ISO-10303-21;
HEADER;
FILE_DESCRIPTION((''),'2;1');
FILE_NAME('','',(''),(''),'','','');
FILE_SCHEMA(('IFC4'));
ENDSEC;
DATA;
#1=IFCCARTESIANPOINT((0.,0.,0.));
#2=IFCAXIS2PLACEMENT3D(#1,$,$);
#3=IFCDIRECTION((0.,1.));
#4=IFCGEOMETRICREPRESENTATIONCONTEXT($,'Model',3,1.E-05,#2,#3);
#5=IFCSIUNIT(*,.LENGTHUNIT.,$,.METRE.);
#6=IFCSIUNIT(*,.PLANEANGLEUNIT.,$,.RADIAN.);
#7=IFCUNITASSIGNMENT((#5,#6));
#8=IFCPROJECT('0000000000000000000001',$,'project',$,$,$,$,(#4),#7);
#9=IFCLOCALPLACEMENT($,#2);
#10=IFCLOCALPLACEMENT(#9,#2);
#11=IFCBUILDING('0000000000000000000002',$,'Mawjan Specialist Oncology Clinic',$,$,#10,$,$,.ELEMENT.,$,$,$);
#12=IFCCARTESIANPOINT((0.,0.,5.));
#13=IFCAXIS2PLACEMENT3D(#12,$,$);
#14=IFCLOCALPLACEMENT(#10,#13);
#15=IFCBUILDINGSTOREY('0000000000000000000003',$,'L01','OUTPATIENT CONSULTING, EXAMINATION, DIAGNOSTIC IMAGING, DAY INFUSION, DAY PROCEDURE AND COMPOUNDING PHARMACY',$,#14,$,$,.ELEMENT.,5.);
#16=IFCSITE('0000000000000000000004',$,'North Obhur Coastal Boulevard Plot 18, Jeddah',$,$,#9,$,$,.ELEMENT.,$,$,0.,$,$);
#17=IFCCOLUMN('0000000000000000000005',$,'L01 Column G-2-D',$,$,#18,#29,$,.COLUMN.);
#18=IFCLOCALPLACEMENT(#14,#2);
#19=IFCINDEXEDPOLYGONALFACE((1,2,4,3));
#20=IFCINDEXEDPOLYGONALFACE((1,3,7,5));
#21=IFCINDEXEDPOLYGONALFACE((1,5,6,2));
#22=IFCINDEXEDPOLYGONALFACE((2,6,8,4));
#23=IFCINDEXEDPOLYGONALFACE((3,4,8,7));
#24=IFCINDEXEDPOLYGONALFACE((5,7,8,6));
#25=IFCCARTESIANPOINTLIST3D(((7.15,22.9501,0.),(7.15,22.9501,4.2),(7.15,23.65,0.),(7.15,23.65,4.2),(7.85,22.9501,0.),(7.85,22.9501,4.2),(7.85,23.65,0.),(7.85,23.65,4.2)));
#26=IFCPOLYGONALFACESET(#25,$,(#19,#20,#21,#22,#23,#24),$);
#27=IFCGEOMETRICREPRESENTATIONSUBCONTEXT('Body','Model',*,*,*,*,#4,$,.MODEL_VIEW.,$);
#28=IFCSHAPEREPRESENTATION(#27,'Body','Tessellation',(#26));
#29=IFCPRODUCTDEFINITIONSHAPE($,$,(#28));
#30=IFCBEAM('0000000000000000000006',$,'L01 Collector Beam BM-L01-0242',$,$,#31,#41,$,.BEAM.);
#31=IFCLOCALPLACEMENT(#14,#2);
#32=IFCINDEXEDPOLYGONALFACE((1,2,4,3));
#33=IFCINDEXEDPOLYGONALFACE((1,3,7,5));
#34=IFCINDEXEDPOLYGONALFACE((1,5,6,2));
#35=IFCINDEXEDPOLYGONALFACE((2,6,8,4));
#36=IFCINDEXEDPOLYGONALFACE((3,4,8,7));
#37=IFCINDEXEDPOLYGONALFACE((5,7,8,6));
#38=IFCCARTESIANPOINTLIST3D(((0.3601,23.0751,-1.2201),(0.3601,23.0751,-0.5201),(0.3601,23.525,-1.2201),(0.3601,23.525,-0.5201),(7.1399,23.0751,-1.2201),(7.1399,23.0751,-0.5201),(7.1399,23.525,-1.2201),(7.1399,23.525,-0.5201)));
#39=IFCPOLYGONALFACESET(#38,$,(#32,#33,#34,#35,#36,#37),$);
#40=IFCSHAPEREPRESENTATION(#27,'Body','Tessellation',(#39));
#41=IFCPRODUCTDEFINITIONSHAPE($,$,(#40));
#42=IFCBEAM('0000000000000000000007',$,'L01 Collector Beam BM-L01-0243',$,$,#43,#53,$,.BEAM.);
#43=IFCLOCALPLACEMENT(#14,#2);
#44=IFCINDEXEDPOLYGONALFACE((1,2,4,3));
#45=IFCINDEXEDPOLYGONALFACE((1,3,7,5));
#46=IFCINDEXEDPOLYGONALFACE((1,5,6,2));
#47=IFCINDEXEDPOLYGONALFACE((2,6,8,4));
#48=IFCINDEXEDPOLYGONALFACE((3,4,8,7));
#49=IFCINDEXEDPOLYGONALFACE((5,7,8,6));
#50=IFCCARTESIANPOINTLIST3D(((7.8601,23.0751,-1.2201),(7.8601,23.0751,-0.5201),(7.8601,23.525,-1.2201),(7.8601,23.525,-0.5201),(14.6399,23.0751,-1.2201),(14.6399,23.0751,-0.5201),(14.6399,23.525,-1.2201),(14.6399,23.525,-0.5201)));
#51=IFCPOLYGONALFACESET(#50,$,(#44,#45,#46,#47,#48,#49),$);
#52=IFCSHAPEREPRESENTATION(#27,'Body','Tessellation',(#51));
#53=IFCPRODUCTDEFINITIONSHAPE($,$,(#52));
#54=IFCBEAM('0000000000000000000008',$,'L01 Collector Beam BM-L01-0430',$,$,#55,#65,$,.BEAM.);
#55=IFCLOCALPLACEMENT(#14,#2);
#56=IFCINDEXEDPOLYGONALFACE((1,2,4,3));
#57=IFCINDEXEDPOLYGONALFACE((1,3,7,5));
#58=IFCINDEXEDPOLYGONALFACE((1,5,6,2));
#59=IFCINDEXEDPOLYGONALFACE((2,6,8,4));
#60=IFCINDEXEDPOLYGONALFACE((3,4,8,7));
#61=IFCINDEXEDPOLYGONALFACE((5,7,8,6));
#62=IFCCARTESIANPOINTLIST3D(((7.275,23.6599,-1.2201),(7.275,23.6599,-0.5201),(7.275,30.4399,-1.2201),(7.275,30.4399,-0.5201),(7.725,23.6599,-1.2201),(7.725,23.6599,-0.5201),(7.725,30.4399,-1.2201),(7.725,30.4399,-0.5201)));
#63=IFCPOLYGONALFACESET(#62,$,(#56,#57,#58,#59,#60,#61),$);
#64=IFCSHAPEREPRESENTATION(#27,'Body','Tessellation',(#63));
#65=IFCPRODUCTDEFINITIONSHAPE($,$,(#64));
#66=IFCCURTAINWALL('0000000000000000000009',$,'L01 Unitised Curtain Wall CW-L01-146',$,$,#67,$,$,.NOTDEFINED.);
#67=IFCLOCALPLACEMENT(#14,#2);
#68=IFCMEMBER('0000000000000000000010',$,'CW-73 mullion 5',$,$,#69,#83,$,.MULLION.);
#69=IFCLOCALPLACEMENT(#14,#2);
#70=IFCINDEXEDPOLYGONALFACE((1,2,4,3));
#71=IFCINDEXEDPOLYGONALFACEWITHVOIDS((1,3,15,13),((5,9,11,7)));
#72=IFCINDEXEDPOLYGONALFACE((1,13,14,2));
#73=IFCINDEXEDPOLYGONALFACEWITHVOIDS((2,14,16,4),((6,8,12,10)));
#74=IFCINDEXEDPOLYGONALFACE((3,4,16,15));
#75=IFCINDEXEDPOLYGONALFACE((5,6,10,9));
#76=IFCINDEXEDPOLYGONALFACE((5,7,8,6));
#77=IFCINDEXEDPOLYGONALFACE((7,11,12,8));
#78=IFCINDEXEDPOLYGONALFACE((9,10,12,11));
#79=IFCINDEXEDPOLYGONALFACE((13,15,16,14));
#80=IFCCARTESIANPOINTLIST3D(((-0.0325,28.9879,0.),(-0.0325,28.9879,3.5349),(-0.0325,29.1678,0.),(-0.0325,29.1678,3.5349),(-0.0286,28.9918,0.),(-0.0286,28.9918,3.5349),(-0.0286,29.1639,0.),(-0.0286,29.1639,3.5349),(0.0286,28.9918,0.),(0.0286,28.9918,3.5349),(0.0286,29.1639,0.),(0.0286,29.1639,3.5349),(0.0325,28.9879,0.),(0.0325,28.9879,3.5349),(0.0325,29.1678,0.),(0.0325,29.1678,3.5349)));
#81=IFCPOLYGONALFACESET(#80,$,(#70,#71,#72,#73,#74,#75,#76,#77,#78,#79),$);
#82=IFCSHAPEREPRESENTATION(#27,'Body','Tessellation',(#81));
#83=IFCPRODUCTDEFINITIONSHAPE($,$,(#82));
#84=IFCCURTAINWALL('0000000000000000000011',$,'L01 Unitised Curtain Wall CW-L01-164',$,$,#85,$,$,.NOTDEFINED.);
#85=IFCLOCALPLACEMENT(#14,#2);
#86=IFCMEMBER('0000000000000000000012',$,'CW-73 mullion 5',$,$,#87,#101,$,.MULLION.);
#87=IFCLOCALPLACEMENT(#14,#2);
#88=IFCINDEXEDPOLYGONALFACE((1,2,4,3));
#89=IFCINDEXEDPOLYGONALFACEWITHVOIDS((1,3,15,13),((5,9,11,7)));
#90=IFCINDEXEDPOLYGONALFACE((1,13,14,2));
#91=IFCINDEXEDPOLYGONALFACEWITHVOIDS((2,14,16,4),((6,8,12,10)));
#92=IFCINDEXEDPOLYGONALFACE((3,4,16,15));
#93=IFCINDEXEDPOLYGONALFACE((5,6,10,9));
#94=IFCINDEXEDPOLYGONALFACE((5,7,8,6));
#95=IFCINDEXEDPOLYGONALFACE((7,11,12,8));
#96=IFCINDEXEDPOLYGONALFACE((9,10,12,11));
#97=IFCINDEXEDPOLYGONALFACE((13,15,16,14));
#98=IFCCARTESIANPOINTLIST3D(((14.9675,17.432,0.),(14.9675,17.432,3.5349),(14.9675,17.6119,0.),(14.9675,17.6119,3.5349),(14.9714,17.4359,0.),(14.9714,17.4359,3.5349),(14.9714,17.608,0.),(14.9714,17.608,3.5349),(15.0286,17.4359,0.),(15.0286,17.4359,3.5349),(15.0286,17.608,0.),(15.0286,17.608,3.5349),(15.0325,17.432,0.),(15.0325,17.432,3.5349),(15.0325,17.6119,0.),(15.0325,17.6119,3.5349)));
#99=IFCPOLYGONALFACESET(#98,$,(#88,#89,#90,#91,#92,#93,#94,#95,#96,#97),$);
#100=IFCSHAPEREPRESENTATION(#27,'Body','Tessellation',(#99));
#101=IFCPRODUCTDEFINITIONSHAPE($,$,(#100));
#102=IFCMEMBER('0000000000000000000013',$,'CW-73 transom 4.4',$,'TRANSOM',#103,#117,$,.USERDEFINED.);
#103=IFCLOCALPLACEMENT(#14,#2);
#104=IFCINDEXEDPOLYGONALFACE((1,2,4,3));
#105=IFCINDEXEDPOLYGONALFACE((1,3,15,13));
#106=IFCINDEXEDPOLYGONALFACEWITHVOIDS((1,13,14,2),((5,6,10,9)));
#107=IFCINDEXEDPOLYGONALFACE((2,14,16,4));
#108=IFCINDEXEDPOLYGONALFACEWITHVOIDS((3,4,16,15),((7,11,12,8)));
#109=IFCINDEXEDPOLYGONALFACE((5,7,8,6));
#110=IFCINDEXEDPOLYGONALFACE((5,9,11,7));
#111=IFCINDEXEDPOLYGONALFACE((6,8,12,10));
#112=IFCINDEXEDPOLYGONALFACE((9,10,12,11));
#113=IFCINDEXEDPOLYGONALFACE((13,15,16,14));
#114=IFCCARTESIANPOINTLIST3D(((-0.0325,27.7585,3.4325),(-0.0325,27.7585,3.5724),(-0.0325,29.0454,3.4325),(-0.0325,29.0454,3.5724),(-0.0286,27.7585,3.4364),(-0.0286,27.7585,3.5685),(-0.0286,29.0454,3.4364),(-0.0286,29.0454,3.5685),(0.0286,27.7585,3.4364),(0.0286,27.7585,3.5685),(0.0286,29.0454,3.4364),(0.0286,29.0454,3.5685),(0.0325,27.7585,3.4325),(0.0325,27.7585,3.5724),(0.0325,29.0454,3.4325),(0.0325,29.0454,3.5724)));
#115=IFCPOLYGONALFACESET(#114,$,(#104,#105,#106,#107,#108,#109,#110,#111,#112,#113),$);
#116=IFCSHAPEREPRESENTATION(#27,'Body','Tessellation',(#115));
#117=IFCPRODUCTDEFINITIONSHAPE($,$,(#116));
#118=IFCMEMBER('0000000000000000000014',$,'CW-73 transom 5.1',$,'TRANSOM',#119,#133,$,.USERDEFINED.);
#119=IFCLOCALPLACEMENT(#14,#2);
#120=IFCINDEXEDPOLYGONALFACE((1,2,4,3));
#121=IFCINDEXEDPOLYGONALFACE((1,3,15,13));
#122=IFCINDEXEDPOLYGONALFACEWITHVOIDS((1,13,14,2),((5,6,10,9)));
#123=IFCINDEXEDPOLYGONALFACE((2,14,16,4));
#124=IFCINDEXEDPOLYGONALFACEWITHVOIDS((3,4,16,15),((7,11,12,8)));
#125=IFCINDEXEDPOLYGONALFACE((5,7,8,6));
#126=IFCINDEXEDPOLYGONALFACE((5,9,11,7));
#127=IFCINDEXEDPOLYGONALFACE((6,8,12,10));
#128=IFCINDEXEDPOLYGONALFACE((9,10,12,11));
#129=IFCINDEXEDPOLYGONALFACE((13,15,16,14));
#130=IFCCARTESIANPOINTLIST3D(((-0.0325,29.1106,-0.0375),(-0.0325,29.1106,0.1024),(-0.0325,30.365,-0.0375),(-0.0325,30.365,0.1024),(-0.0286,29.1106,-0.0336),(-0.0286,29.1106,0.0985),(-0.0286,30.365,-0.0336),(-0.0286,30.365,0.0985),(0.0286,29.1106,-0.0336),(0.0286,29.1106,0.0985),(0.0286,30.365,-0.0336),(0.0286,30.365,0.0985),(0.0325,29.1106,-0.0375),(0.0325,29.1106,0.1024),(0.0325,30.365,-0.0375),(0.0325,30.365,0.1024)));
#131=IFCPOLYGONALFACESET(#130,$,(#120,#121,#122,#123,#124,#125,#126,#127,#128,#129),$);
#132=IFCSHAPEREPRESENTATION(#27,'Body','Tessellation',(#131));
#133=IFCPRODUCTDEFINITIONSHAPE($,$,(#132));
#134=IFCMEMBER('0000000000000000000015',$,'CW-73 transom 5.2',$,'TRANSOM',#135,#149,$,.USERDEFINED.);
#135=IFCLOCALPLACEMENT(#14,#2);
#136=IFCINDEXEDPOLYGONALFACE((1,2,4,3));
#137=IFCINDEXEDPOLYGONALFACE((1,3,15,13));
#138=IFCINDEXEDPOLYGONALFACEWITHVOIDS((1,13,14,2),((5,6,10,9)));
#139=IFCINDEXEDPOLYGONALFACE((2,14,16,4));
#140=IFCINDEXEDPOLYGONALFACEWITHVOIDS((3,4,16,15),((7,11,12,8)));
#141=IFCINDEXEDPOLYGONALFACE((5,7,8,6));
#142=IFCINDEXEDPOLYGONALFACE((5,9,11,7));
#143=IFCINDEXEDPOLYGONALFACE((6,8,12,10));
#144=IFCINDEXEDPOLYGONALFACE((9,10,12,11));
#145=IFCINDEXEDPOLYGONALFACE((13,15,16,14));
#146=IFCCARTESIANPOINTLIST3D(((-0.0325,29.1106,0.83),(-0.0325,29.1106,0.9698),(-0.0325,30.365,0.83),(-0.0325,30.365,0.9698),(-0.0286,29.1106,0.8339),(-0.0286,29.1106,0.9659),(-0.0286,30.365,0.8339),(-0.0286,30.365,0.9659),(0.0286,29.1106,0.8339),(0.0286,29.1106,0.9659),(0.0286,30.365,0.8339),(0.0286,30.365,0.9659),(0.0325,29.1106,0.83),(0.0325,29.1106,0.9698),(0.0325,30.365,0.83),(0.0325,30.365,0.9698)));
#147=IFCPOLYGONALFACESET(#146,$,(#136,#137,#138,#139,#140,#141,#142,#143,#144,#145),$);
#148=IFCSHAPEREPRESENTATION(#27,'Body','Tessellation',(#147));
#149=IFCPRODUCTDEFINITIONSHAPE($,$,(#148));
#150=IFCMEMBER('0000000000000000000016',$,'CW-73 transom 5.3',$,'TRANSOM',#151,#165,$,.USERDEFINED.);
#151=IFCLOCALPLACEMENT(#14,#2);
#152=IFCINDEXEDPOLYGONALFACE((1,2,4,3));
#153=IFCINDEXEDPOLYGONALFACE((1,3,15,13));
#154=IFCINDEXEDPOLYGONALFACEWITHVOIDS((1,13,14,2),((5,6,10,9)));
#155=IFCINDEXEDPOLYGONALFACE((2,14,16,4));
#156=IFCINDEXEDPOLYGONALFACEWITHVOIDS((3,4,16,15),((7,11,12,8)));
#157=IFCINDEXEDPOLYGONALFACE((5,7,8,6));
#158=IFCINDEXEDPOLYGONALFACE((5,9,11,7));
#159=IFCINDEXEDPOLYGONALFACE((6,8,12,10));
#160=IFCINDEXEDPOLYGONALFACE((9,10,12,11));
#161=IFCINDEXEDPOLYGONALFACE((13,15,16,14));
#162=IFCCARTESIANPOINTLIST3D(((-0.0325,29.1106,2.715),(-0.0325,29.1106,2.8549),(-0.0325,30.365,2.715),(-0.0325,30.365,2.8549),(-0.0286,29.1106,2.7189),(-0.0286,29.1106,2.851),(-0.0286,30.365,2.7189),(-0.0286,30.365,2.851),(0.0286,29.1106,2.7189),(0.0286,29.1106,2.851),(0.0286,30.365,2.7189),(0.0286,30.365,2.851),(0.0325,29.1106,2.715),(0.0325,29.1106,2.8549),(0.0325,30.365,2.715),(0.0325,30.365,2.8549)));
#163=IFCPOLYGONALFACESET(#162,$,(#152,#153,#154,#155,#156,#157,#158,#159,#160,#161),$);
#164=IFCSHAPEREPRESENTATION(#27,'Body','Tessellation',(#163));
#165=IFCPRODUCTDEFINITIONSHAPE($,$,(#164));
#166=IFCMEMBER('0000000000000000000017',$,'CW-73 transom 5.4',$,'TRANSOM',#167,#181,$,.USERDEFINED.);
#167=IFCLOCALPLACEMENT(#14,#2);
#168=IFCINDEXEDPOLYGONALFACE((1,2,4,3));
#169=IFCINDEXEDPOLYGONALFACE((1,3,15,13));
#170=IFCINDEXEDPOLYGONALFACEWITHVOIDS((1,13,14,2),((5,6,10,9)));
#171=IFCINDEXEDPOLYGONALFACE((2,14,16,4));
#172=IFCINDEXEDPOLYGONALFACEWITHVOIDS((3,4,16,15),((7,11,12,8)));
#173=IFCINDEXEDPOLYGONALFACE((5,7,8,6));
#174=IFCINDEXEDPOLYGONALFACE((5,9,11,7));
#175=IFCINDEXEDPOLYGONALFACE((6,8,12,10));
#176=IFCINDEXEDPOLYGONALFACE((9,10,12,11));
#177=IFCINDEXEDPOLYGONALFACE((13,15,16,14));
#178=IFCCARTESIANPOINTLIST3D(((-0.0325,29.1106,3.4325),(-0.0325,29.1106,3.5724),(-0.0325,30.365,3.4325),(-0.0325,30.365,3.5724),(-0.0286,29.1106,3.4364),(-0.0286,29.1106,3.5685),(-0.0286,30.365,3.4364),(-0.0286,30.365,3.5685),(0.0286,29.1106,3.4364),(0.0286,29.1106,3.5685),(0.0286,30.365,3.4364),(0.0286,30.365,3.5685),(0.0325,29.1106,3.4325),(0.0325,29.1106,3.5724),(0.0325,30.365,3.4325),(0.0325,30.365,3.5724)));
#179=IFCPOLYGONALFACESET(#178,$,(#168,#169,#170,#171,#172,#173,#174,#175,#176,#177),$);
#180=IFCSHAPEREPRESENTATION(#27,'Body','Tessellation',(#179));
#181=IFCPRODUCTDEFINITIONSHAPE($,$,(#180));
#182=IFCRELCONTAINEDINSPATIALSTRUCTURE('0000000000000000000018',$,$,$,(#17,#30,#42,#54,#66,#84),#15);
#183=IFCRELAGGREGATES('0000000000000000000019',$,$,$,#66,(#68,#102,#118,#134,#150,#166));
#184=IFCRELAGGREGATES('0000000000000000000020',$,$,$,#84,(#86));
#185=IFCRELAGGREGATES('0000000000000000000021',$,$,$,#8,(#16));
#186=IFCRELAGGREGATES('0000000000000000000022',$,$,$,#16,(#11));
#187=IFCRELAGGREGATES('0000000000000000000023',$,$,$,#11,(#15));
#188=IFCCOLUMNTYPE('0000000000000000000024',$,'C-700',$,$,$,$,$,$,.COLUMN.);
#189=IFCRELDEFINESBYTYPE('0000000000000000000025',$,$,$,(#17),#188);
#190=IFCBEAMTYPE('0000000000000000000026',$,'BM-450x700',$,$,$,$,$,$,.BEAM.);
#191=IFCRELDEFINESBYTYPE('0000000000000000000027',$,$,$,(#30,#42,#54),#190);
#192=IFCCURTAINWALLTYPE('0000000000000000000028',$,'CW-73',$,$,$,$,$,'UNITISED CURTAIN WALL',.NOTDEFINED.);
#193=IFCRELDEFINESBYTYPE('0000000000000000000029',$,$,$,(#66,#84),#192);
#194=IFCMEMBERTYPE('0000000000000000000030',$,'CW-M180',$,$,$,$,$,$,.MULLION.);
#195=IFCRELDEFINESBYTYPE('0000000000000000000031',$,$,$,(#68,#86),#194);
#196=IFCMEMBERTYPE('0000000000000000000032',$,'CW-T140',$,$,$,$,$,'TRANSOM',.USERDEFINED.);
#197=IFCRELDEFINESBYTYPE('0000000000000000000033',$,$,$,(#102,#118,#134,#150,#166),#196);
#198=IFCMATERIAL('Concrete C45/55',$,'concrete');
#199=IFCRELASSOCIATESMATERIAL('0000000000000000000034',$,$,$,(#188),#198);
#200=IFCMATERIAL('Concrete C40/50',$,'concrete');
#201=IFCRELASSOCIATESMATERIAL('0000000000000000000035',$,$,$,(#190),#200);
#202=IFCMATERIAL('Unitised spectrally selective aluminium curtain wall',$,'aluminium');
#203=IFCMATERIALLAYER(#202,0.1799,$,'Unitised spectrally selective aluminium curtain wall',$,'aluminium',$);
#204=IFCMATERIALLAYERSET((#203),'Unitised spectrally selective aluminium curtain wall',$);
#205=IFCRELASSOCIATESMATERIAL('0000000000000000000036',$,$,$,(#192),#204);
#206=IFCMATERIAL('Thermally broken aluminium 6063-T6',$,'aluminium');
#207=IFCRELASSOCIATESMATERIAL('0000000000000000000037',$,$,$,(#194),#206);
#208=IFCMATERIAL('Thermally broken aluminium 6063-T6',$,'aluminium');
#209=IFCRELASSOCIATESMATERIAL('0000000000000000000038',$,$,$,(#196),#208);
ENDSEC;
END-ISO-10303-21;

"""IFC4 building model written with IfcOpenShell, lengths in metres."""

from ifc_helpers import new_model, si_unit, direction, frame, origin, origin_2d, place, context, subcontext, project, spatial, rectangle, hollow_rectangle, extrude, material, layer, layer_set, material_profile, profile_set, type_object, element, aggregate, save


model = new_model("IFC4")

# Units and contexts
model_context = context("Model", 3, precision=1e-05, world=origin(), true_north=direction((0.0, 1.0)))
body_context = subcontext(model_context, "Body", "Model", "MODEL_VIEW")
ifc_project = project(units=[si_unit("LENGTHUNIT", "METRE"), si_unit("PLANEANGLEUNIT", "RADIAN")], contexts=[model_context])

# Site, building, storey
site_placement = place(None, origin())
site = spatial("IfcSite", under=ifc_project, at=site_placement, Name="North Obhur Coastal Boulevard Plot 18, Jeddah", CompositionType="ELEMENT", RefElevation=0.0)
building_placement = place(site_placement, origin())
building = spatial("IfcBuilding", under=site, at=building_placement, Name="Mawjan Specialist Oncology Clinic", CompositionType="ELEMENT")
storey_placement = place(building_placement, frame((0.0, 0.0, 5.0)))
storey = spatial("IfcBuildingStorey", under=building, at=storey_placement, Name="L01", Description="OUTPATIENT CONSULTING, EXAMINATION, DIAGNOSTIC IMAGING, DAY INFUSION, DAY PROCEDURE AND COMPOUNDING PHARMACY", CompositionType="ELEMENT", Elevation=5.0)

# Column
ifc_material_1 = material(Name="Concrete C45/55", Category="concrete")
ifc_material_profile_1 = material_profile(ifc_material_1, rectangle(XDim=0.7, YDim=0.7, at=origin_2d()), Name="RC COL 700x700", Category="concrete")
ifc_profile_set_1 = profile_set([ifc_material_profile_1], Name="Concrete C45/55")
column_type = type_object("IfcColumnType", Name="C-700", PredefinedType="COLUMN", material=ifc_profile_set_1)
column_placement = place(storey_placement, frame((7.5, 23.3, 0.0), z_axis=(0.0, 0.0, 1.0), x_axis=(1.0, 0.0, 0.0)))
element("IfcColumn", 1, at=column_placement, inside=storey, type_object=column_type, Name="L01 Column G-2-D", PredefinedType="COLUMN", context=body_context, shape_type="SweptSolid", body=[
    extrude(rectangle(XDim=0.7, YDim=0.7, at=origin_2d()), origin(), (0.0, 0.0, 1.0), 4.2),
])

# Beams
ifc_material_2 = material(Name="Concrete C40/50", Category="concrete")
ifc_material_profile_2 = material_profile(ifc_material_2, rectangle(XDim=0.45, YDim=0.7, at=origin_2d()), Name="RC BM 450x700", Category="concrete")
ifc_profile_set_2 = profile_set([ifc_material_profile_2], Name="Concrete C40/50")
beam_type = type_object("IfcBeamType", Name="BM-450x700", PredefinedType="BEAM", material=ifc_profile_set_2)
for number, where, z_axis, x_axis, name in (
    (2, (0.3601, 23.3, -0.8701), (1.0, 0.0, 0.0), (0.0, 1.0, 0.0), "L01 Collector Beam BM-L01-0242"),
    (3, (7.8601, 23.3, -0.8701), (1.0, 0.0, 0.0), (0.0, 1.0, 0.0), "L01 Collector Beam BM-L01-0243"),
):
    element("IfcBeam", number, at=place(storey_placement, frame(where, z_axis=z_axis, x_axis=x_axis)), inside=storey, type_object=beam_type, Name=name, PredefinedType="BEAM", context=body_context, shape_type="SweptSolid", body=[
        extrude(rectangle(XDim=0.45, YDim=0.7, at=origin_2d()), origin(), (0.0, 0.0, 1.0), 6.7798),
    ])
beam_placement = place(storey_placement, frame((7.5, 23.6599, -0.8701), z_axis=(0.0, 1.0, 0.0), x_axis=(-1.0, 0.0, 0.0)))
element("IfcBeam", 4, at=beam_placement, inside=storey, type_object=beam_type, Name="L01 Collector Beam BM-L01-0430", PredefinedType="BEAM", context=body_context, shape_type="SweptSolid", body=[
    extrude(rectangle(XDim=0.45, YDim=0.7, at=origin_2d()), origin(), (0.0, 0.0, 1.0), 6.78),
])

# Curtain walls, members
ifc_material_3 = material(Name="Unitised spectrally selective aluminium curtain wall", Category="aluminium")
ifc_layer_1 = layer(ifc_material_3, 0.1799, Name="Unitised spectrally selective aluminium curtain wall", Category="aluminium")
ifc_layer_set_1 = layer_set([ifc_layer_1], Name="Unitised spectrally selective aluminium curtain wall")
curtain_wall_type = type_object("IfcCurtainWallType", Name="CW-73", ElementType="UNITISED CURTAIN WALL", PredefinedType="NOTDEFINED", material=ifc_layer_set_1)
curtain_wall_1_placement = place(storey_placement, origin())
curtain_wall_1 = element("IfcCurtainWall", 5, at=curtain_wall_1_placement, inside=storey, type_object=curtain_wall_type, Name="L01 Unitised Curtain Wall CW-L01-146", PredefinedType="NOTDEFINED")
ifc_material_4 = material(Name="Thermally broken aluminium 6063-T6", Category="aluminium")
ifc_material_profile_3 = material_profile(ifc_material_4, hollow_rectangle(XDim=0.0649, YDim=0.1799, WallThickness=0.0039, at=origin_2d()), Name="ALU MULLION 180x65x4", Category="aluminium")
ifc_profile_set_3 = profile_set([ifc_material_profile_3], Name="Thermally broken aluminium 6063-T6")
member_type_1 = type_object("IfcMemberType", Name="CW-M180", PredefinedType="MULLION", material=ifc_profile_set_3)
member_1_placement = place(storey_placement, frame((0.0, 29.0779, 0.0), z_axis=(0.0, 0.0, 1.0), x_axis=(-1.0, 0.0, 0.0)))
member_1 = element("IfcMember", 6, at=member_1_placement, type_object=member_type_1, Name="CW-73 mullion 5", PredefinedType="MULLION", context=body_context, shape_type="SweptSolid", body=[
    extrude(hollow_rectangle(XDim=0.0649, YDim=0.1799, WallThickness=0.0039, at=origin_2d()), origin(), (0.0, 0.0, 1.0), 3.5349),
])
curtain_wall_2_placement = place(storey_placement, origin())
curtain_wall_2 = element("IfcCurtainWall", 7, at=curtain_wall_2_placement, inside=storey, type_object=curtain_wall_type, Name="L01 Unitised Curtain Wall CW-L01-164", PredefinedType="NOTDEFINED")
member_2_placement = place(storey_placement, frame((15.0, 17.522, 0.0), z_axis=(0.0, 0.0, 1.0), x_axis=(1.0, 0.0, 0.0)))
member_2 = element("IfcMember", 8, at=member_2_placement, type_object=member_type_1, Name="CW-73 mullion 5", PredefinedType="MULLION", context=body_context, shape_type="SweptSolid", body=[
    extrude(hollow_rectangle(XDim=0.0649, YDim=0.1799, WallThickness=0.0039, at=origin_2d()), origin(), (0.0, 0.0, 1.0), 3.5349),
])

# Members
ifc_material_5 = material(Name="Thermally broken aluminium 6063-T6", Category="aluminium")
ifc_material_profile_4 = material_profile(ifc_material_5, hollow_rectangle(XDim=0.0649, YDim=0.1399, WallThickness=0.0039, at=origin_2d()), Name="ALU TRANSOM 140x65x4", Category="aluminium")
ifc_profile_set_4 = profile_set([ifc_material_profile_4], Name="Thermally broken aluminium 6063-T6")
member_type_2 = type_object("IfcMemberType", Name="CW-T140", ElementType="TRANSOM", PredefinedType="USERDEFINED", material=ifc_profile_set_4)
member_3_placement = place(storey_placement, frame((0.0, 27.7585, 3.5024), z_axis=(0.0, 1.0, 0.0), x_axis=(-1.0, 0.0, 0.0)))
member_3 = element("IfcMember", 9, at=member_3_placement, type_object=member_type_2, Name="CW-73 transom 4.4", ObjectType="TRANSOM", PredefinedType="USERDEFINED", context=body_context, shape_type="SweptSolid", body=[
    extrude(hollow_rectangle(XDim=0.0649, YDim=0.1399, WallThickness=0.0039, at=origin_2d()), origin(), (0.0, 0.0, 1.0), 1.2869),
])
member_4_placement = place(storey_placement, frame((0.0, 29.1106, 0.0325), z_axis=(0.0, 1.0, 0.0), x_axis=(-1.0, 0.0, 0.0)))
member_4 = element("IfcMember", 10, at=member_4_placement, type_object=member_type_2, Name="CW-73 transom 5.1", ObjectType="TRANSOM", PredefinedType="USERDEFINED", context=body_context, shape_type="SweptSolid", body=[
    extrude(hollow_rectangle(XDim=0.0649, YDim=0.1399, WallThickness=0.0039, at=origin_2d()), origin(), (0.0, 0.0, 1.0), 1.2544),
])
member_5_placement = place(storey_placement, frame((0.0, 29.1106, 0.8999), z_axis=(0.0, 1.0, 0.0), x_axis=(-1.0, 0.0, 0.0)))
member_5 = element("IfcMember", 11, at=member_5_placement, type_object=member_type_2, Name="CW-73 transom 5.2", ObjectType="TRANSOM", PredefinedType="USERDEFINED", context=body_context, shape_type="SweptSolid", body=[
    extrude(hollow_rectangle(XDim=0.0649, YDim=0.1399, WallThickness=0.0039, at=origin_2d()), origin(), (0.0, 0.0, 1.0), 1.2544),
])
member_6_placement = place(storey_placement, frame((0.0, 29.1106, 2.7849), z_axis=(0.0, 1.0, 0.0), x_axis=(-1.0, 0.0, 0.0)))
member_6 = element("IfcMember", 12, at=member_6_placement, type_object=member_type_2, Name="CW-73 transom 5.3", ObjectType="TRANSOM", PredefinedType="USERDEFINED", context=body_context, shape_type="SweptSolid", body=[
    extrude(hollow_rectangle(XDim=0.0649, YDim=0.1399, WallThickness=0.0039, at=origin_2d()), origin(), (0.0, 0.0, 1.0), 1.2544),
])
member_7_placement = place(storey_placement, frame((0.0, 29.1106, 3.5024), z_axis=(0.0, 1.0, 0.0), x_axis=(-1.0, 0.0, 0.0)))
member_7 = element("IfcMember", 13, at=member_7_placement, type_object=member_type_2, Name="CW-73 transom 5.4", ObjectType="TRANSOM", PredefinedType="USERDEFINED", context=body_context, shape_type="SweptSolid", body=[
    extrude(hollow_rectangle(XDim=0.0649, YDim=0.1399, WallThickness=0.0039, at=origin_2d()), origin(), (0.0, 0.0, 1.0), 1.2544),
])

aggregate(curtain_wall_1, [member_1, member_3, member_4, member_5, member_6, member_7])
aggregate(curtain_wall_2, [member_2])

save(model, "model.ifc")
